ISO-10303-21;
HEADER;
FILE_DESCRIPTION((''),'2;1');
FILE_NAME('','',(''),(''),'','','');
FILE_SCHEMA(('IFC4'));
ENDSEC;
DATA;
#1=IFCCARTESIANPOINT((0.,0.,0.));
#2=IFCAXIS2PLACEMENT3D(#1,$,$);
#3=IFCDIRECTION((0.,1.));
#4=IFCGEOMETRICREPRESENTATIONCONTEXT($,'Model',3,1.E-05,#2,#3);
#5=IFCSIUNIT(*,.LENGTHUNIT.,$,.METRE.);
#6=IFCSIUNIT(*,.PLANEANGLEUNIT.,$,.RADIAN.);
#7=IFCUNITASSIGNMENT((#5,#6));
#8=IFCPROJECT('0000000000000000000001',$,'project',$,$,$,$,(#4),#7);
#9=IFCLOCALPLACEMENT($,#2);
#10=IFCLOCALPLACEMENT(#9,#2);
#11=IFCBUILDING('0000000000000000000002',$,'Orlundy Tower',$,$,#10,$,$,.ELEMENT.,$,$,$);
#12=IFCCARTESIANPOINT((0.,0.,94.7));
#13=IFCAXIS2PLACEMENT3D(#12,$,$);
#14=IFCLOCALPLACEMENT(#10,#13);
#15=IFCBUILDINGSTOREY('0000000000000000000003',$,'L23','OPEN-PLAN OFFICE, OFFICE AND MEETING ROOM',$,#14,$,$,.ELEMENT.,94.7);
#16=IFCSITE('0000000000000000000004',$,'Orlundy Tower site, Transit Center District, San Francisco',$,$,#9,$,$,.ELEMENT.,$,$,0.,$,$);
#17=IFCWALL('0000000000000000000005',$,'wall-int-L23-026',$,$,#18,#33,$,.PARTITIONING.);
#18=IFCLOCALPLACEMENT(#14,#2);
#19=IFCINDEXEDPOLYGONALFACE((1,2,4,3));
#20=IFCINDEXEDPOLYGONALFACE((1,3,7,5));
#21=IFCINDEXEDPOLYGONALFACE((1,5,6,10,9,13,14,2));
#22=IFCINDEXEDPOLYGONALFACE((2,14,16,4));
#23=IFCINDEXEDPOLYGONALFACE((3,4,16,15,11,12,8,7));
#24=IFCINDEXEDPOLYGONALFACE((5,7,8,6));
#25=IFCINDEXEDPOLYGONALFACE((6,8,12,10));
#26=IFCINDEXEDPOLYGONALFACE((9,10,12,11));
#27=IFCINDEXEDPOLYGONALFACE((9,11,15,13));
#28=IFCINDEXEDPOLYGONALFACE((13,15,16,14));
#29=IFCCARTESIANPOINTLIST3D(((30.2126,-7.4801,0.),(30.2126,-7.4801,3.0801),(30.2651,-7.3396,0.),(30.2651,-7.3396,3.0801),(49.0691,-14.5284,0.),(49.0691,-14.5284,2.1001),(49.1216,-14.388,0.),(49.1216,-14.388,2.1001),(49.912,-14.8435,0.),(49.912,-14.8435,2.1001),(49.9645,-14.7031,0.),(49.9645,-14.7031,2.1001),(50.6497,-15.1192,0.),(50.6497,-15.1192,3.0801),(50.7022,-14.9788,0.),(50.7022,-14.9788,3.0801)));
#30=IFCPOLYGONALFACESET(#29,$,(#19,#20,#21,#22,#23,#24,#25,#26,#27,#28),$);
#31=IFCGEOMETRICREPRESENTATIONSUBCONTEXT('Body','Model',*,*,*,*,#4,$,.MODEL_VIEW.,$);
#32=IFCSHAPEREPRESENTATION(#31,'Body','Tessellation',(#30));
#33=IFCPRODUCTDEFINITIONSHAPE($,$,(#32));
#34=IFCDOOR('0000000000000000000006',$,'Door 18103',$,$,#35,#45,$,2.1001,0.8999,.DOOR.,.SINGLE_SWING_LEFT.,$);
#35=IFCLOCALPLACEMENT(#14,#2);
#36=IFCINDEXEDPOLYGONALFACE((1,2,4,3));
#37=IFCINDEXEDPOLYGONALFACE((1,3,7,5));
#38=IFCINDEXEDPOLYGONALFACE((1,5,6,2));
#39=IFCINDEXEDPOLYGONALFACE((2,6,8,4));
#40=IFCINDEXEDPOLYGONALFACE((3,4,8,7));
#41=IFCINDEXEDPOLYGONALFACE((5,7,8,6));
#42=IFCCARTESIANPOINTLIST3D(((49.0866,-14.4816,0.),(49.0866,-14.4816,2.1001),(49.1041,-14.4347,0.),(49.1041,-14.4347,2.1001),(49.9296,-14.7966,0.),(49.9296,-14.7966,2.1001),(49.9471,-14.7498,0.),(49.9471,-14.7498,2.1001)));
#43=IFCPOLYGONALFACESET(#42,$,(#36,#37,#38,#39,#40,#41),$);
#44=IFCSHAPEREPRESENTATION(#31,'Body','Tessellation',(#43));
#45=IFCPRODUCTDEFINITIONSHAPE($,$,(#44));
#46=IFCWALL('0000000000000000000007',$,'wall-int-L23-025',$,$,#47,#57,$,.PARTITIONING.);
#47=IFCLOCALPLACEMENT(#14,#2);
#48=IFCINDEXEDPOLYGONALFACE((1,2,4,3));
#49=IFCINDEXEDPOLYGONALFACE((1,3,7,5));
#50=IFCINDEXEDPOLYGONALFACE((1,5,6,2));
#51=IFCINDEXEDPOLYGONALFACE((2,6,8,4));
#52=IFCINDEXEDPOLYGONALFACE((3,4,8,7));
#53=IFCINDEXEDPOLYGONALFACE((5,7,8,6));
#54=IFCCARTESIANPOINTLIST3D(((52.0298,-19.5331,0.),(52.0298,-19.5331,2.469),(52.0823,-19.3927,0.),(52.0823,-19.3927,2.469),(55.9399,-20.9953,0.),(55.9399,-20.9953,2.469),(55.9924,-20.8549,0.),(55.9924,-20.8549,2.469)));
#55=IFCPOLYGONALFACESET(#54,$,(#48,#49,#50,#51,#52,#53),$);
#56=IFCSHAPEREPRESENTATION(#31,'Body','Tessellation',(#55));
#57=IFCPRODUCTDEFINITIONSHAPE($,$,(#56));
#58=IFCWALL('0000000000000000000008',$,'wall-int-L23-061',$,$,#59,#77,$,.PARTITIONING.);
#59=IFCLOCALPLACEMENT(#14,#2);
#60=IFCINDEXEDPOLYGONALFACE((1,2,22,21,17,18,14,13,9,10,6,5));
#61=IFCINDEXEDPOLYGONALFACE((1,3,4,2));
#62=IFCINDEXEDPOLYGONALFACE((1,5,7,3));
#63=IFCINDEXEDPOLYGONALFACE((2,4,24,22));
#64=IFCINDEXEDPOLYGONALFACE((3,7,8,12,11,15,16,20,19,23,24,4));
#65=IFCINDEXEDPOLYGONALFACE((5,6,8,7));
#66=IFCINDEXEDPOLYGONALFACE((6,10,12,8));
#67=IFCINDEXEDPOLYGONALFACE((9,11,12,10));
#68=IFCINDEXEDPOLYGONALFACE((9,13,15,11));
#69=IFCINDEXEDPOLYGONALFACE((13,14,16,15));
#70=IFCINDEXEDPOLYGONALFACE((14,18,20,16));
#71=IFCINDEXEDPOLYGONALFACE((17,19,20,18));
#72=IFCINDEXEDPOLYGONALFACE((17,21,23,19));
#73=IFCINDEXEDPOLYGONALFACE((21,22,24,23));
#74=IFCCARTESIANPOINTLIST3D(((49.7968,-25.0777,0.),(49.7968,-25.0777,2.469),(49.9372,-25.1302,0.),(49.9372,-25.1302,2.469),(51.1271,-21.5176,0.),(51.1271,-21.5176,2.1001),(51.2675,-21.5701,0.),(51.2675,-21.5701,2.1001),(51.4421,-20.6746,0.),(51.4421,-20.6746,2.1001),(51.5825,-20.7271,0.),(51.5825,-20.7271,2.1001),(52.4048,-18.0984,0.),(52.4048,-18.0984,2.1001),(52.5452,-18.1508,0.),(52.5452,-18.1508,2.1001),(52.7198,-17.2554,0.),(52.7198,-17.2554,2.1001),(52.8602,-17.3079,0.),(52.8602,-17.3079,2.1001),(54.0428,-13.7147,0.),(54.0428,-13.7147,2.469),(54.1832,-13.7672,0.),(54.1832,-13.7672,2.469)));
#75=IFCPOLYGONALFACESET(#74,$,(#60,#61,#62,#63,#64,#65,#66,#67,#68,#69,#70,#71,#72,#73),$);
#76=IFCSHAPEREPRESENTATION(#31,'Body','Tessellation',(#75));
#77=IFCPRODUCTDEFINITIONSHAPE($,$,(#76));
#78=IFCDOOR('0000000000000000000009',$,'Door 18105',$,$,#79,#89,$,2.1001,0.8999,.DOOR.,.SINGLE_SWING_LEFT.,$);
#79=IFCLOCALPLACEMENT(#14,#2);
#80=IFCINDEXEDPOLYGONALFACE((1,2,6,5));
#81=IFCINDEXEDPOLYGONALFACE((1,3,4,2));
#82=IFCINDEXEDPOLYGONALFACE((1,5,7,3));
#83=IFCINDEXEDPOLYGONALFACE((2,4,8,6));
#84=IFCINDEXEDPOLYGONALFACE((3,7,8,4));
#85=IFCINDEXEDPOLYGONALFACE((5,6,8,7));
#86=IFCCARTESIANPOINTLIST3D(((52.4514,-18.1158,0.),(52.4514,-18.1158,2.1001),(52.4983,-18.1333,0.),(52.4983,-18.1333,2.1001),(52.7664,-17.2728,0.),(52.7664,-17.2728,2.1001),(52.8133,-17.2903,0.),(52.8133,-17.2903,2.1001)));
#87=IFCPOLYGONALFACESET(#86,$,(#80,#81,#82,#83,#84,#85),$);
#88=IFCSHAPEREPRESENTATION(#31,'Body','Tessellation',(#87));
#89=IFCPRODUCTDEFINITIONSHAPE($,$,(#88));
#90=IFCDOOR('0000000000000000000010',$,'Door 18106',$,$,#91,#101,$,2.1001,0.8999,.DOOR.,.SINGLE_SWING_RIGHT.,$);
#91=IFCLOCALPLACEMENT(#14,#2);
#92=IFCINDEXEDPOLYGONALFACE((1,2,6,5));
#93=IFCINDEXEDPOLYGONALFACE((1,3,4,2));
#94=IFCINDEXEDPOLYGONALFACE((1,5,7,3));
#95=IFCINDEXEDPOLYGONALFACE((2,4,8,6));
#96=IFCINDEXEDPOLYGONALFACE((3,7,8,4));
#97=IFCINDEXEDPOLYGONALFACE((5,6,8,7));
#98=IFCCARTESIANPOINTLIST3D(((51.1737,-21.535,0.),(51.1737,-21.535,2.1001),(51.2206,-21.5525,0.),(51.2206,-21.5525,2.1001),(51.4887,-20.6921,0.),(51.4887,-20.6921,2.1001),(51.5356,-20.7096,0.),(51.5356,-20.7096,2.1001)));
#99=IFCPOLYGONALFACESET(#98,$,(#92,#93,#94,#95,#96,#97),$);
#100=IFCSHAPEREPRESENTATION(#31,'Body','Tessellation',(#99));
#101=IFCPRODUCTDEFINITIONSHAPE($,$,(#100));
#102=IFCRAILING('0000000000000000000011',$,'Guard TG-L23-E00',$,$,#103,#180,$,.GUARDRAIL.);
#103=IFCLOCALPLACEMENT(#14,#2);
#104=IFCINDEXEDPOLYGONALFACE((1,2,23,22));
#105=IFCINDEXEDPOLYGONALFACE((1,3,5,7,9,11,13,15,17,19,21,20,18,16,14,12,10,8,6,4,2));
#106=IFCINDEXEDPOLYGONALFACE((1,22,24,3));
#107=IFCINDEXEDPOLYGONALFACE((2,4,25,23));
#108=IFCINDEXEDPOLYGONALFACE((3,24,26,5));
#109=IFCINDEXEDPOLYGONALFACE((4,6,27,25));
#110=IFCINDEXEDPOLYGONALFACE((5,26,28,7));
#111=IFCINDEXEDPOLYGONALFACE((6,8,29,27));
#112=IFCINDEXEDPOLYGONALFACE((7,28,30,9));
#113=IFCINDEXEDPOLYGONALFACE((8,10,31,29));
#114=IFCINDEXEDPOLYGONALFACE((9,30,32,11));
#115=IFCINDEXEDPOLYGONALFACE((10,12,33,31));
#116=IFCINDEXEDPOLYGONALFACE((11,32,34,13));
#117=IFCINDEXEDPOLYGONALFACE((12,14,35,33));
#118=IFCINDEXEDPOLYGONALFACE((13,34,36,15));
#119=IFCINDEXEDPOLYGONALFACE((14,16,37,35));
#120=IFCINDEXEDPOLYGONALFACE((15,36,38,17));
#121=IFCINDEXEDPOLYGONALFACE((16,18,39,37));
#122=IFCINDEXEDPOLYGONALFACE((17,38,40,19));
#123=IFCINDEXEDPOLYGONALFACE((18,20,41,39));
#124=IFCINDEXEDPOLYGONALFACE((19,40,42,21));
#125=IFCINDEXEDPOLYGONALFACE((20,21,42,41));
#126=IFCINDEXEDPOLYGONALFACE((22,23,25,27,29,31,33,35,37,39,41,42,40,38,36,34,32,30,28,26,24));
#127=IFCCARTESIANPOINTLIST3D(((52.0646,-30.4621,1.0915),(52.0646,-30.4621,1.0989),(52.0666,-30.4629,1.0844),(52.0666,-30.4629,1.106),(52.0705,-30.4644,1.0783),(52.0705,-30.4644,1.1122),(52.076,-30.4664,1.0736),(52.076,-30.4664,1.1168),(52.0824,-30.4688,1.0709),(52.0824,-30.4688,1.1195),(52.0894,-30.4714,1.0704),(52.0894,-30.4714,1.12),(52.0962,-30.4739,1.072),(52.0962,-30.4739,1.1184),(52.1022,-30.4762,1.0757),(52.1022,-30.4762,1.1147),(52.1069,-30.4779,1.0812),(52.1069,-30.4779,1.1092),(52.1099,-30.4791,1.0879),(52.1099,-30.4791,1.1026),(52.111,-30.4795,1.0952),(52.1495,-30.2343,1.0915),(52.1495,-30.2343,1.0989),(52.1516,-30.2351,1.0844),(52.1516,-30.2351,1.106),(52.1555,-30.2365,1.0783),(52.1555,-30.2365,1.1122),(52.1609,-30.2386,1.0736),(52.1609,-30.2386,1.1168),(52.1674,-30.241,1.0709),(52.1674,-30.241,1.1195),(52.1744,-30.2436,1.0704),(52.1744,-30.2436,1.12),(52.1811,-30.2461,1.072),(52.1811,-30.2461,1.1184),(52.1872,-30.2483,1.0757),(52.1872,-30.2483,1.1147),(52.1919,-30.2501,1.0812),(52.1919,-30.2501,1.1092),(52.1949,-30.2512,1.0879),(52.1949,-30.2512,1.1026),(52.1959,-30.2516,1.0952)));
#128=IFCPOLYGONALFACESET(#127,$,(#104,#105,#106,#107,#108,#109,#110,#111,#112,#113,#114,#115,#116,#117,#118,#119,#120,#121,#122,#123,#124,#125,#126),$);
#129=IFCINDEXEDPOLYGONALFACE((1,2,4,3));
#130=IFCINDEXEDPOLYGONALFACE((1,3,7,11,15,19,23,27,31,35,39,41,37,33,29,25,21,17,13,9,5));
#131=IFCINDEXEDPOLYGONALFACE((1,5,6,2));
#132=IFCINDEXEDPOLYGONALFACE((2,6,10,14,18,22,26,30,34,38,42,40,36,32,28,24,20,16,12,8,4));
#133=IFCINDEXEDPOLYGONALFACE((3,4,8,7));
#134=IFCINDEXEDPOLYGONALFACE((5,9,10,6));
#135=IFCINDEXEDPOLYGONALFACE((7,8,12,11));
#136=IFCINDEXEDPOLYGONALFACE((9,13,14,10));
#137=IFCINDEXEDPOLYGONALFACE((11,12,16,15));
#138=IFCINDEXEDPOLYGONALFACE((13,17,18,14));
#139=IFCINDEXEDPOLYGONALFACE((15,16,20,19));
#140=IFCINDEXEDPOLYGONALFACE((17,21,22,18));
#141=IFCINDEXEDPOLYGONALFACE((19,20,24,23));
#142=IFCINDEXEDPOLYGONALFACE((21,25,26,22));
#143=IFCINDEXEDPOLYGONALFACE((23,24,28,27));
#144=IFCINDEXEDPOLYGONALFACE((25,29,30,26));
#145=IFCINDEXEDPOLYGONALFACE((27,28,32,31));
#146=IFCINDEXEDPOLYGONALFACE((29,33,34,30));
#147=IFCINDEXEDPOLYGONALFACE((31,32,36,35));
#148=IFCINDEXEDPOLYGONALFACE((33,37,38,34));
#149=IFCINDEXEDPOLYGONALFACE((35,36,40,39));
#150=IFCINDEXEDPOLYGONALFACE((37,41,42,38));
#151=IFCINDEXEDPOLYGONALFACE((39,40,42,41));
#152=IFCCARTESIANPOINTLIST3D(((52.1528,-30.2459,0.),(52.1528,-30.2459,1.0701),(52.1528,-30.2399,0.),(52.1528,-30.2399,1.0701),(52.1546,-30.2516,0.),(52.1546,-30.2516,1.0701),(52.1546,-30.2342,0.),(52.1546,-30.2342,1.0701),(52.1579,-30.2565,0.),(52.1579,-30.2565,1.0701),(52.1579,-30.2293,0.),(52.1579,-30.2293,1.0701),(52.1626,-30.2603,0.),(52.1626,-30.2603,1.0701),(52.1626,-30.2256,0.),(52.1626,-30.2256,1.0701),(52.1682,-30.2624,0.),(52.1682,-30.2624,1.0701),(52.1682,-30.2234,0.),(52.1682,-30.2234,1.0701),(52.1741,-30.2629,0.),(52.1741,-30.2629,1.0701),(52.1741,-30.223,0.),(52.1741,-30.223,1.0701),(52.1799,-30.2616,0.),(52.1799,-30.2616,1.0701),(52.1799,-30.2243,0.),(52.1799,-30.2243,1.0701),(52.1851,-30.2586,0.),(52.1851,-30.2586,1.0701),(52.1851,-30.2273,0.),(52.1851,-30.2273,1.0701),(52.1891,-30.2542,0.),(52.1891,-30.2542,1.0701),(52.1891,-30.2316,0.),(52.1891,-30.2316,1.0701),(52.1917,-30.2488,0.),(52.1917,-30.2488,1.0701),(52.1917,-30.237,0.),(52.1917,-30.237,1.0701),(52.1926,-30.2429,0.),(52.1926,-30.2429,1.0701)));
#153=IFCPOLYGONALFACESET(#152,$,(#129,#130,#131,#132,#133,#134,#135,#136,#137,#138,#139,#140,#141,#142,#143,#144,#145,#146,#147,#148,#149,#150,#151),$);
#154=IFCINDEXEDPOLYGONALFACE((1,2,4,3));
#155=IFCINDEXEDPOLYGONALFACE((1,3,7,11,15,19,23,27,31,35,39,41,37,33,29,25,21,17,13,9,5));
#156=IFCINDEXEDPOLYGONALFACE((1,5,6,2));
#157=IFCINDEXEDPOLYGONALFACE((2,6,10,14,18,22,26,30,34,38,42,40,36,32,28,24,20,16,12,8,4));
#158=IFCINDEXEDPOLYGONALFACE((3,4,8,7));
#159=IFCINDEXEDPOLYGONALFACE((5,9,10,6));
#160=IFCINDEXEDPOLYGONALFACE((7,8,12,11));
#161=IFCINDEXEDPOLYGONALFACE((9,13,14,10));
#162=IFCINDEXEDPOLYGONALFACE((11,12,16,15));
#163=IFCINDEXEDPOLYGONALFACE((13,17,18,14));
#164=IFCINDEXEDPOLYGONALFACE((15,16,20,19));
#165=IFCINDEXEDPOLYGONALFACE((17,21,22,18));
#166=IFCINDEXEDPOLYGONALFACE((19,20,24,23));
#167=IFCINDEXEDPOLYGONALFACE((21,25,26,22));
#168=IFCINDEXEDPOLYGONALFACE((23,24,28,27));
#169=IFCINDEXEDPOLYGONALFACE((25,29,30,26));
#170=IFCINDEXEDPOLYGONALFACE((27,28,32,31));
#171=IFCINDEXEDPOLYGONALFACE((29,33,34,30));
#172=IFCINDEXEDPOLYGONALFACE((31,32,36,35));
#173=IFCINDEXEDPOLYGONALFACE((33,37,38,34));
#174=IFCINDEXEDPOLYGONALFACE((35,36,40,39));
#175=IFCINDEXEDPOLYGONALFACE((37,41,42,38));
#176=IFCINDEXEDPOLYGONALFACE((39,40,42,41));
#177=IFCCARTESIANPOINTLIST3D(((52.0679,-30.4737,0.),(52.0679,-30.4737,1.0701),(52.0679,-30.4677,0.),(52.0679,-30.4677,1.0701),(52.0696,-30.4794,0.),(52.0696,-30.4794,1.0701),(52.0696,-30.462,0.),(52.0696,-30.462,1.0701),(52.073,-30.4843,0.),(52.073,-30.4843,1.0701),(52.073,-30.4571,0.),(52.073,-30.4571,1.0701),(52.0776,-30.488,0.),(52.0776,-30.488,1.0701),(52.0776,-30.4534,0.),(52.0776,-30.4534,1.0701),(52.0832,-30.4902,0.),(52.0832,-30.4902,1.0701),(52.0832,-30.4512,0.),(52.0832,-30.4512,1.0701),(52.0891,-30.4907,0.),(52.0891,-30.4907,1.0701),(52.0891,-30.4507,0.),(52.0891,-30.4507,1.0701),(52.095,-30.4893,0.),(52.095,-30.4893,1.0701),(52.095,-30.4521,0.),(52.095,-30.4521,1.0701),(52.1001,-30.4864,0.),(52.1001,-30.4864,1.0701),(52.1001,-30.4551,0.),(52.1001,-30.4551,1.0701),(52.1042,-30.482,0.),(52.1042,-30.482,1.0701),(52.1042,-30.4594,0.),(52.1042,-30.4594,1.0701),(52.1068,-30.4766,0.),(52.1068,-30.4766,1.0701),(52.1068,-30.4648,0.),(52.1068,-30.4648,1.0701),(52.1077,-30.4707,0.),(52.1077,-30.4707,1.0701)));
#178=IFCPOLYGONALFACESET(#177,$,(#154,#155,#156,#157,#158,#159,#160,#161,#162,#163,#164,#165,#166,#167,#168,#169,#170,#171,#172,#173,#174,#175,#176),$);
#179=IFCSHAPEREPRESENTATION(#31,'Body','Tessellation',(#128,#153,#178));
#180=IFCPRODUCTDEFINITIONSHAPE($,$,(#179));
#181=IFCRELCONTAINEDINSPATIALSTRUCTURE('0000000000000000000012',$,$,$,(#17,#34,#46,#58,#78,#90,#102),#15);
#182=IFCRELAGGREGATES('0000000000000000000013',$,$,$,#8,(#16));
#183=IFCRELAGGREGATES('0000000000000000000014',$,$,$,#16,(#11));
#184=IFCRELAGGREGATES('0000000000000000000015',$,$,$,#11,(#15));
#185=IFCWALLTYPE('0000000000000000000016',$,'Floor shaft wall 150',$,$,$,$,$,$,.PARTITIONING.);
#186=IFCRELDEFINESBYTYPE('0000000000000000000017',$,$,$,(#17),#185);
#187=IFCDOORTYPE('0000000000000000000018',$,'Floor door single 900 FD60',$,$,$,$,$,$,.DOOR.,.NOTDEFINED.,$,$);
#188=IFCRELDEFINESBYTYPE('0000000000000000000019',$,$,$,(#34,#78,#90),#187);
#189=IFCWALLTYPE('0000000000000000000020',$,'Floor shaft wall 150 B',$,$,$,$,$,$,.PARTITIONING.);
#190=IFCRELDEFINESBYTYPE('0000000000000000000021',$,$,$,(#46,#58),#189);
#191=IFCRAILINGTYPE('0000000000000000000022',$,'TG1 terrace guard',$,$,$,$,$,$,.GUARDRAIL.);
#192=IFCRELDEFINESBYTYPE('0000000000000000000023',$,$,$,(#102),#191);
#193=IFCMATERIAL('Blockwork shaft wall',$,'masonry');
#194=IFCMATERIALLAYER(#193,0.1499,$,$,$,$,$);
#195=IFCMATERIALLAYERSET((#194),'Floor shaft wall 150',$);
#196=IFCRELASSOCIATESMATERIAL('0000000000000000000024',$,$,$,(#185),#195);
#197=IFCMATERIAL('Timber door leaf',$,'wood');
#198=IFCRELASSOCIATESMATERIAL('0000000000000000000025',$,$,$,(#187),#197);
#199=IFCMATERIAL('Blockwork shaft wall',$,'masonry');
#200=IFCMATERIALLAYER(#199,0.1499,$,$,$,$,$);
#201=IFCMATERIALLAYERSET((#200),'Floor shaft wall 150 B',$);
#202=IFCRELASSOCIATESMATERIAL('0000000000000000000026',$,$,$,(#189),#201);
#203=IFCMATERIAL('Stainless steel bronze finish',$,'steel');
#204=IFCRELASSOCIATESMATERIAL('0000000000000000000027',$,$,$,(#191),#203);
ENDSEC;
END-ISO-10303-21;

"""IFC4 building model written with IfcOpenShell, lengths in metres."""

from ifc_helpers import new_model, si_unit, direction, frame, frame_2d, origin, origin_2d, place, context, subcontext, project, spatial, rectangle, circle, extrude, material, layer, layer_set, type_object, element, fill, save


model = new_model("IFC4")

# Units and contexts
model_context = context("Model", 3, precision=1e-05, world=origin(), true_north=direction((0.0, 1.0)))
body_context = subcontext(model_context, "Body", "Model", "MODEL_VIEW")
ifc_project = project(units=[si_unit("LENGTHUNIT", "METRE"), si_unit("PLANEANGLEUNIT", "RADIAN")], contexts=[model_context])

# Site, building, storey
site_placement = place(None, origin())
site = spatial("IfcSite", under=ifc_project, at=site_placement, Name="Orlundy Tower site, Transit Center District, San Francisco", CompositionType="ELEMENT", RefElevation=0.0)
building_placement = place(site_placement, origin())
building = spatial("IfcBuilding", under=site, at=building_placement, Name="Orlundy Tower", CompositionType="ELEMENT")
storey_placement = place(building_placement, frame((0.0, 0.0, 94.7)))
storey = spatial("IfcBuildingStorey", under=building, at=storey_placement, Name="L23", Description="OPEN-PLAN OFFICE, OFFICE AND MEETING ROOM", CompositionType="ELEMENT", Elevation=94.7)

# Shared definitions
ifc_material_1 = material(Name="Blockwork shaft wall", Category="masonry")
ifc_layer_1 = layer(ifc_material_1, 0.1499)
ifc_layer_set_1 = layer_set([ifc_layer_1], Name="Floor shaft wall 150")
wall_type_1 = type_object("IfcWallType", Name="Floor shaft wall 150", PredefinedType="PARTITIONING", material=ifc_layer_set_1)

# Shared definitions
ifc_material_2 = material(Name="Timber door leaf", Category="wood")
door_type = type_object("IfcDoorType", Name="Floor door single 900 FD60", OperationType="NOTDEFINED", PredefinedType="DOOR", material=ifc_material_2)

# Wall, opening, door
wall_1_placement = place(storey_placement, frame((50.676, -15.0491, 0.0), z_axis=(0.0, 0.0, 1.0), x_axis=(-0.936701, 0.35013, 0.0)))
wall_1 = element("IfcWall", 1, at=wall_1_placement, inside=storey, type_object=wall_type_1, Name="wall-int-L23-026", PredefinedType="PARTITIONING", context=body_context, shape_type="SweptSolid", body=[
    extrude(rectangle(XDim=21.8181, YDim=0.1499, at=frame_2d((10.9092, 0.0))), origin(), (0.0, 0.0, 1.0), 3.0801),
])
opening_1_placement = place(wall_1_placement, frame((0.7876, 0.0, 0.0)))
opening_1 = element("IfcOpeningElement", 2, at=opening_1_placement, cuts=wall_1, PredefinedType="OPENING", context=body_context, shape_type="SweptSolid", body=[
    extrude(rectangle(XDim=0.8999, YDim=2.1001, at=frame_2d((0.45, 1.05))), frame((0.0, 0.085, 0.0), z_axis=(0.0, -1.0, 0.0), x_axis=(1.0, 0.0, 0.0)), (0.0, 0.0, 1.0), 0.1699),
])
door_1_placement = place(opening_1_placement, origin())
door_1 = element("IfcDoor", 3, at=door_1_placement, inside=storey, type_object=door_type, Name="Door 18103", OperationType="SINGLE_SWING_LEFT", OverallHeight=2.1001, OverallWidth=0.8999, PredefinedType="DOOR", context=body_context, shape_type="SweptSolid", body=[
    extrude(rectangle(XDim=0.8999, YDim=2.1001, at=frame_2d((0.45, 1.05))), frame((0.0, 0.0249, 0.0), z_axis=(0.0, -1.0, 0.0), x_axis=(1.0, 0.0, 0.0)), (0.0, 0.0, 1.0), 0.05),
])
fill(opening_1, door_1)

# Wall
ifc_material_3 = material(Name="Blockwork shaft wall", Category="masonry")
ifc_layer_2 = layer(ifc_material_3, 0.1499)
ifc_layer_set_2 = layer_set([ifc_layer_2], Name="Floor shaft wall 150 B")
wall_type_2 = type_object("IfcWallType", Name="Floor shaft wall 150 B", PredefinedType="PARTITIONING", material=ifc_layer_set_2)
wall_2_placement = place(storey_placement, frame((52.0559, -19.4629, 0.0), z_axis=(0.0, 0.0, 1.0), x_axis=(0.936656, -0.350252, 0.0)))
element("IfcWall", 4, at=wall_2_placement, inside=storey, type_object=wall_type_2, Name="wall-int-L23-025", PredefinedType="PARTITIONING", context=body_context, shape_type="SweptSolid", body=[
    extrude(rectangle(XDim=4.1746, YDim=0.1499, at=frame_2d((2.0874, 0.0))), origin(), (0.0, 0.0, 1.0), 2.469),
])

# Wall, openings, doors
wall_3_placement = place(storey_placement, frame((54.113, -13.741, 0.0), z_axis=(0.0, 0.0, 1.0), x_axis=(-0.350036, -0.936736, 0.0)))
wall_3 = element("IfcWall", 5, at=wall_3_placement, inside=storey, type_object=wall_type_2, Name="wall-int-L23-061", PredefinedType="PARTITIONING", context=body_context, shape_type="SweptSolid", body=[
    extrude(rectangle(XDim=12.1304, YDim=0.1499, at=frame_2d((6.0652, 0.0))), origin(), (0.0, 0.0, 1.0), 2.469),
])
opening_2_placement = place(wall_3_placement, frame((3.7798, 0.0, 0.0)))
opening_2 = element("IfcOpeningElement", 6, at=opening_2_placement, cuts=wall_3, PredefinedType="OPENING", context=body_context, shape_type="SweptSolid", body=[
    extrude(rectangle(XDim=0.8999, YDim=2.1001, at=frame_2d((0.45, 1.05))), frame((0.0, 0.085, 0.0), z_axis=(0.0, -1.0, 0.0), x_axis=(1.0, 0.0, 0.0)), (0.0, 0.0, 1.0), 0.1699),
])
opening_3_placement = place(wall_3_placement, frame((7.4299, 0.0, 0.0)))
opening_3 = element("IfcOpeningElement", 7, at=opening_3_placement, cuts=wall_3, PredefinedType="OPENING", context=body_context, shape_type="SweptSolid", body=[
    extrude(rectangle(XDim=0.8999, YDim=2.1001, at=frame_2d((0.45, 1.05))), frame((0.0, 0.085, 0.0), z_axis=(0.0, -1.0, 0.0), x_axis=(1.0, 0.0, 0.0)), (0.0, 0.0, 1.0), 0.1699),
])
door_2_placement = place(opening_2_placement, origin())
door_2 = element("IfcDoor", 8, at=door_2_placement, inside=storey, type_object=door_type, Name="Door 18105", OperationType="SINGLE_SWING_LEFT", OverallHeight=2.1001, OverallWidth=0.8999, PredefinedType="DOOR", context=body_context, shape_type="SweptSolid", body=[
    extrude(rectangle(XDim=0.8999, YDim=2.1001, at=frame_2d((0.45, 1.05))), frame((0.0, 0.0249, 0.0), z_axis=(0.0, -1.0, 0.0), x_axis=(1.0, 0.0, 0.0)), (0.0, 0.0, 1.0), 0.05),
])
fill(opening_2, door_2)
door_3_placement = place(opening_3_placement, origin())
door_3 = element("IfcDoor", 9, at=door_3_placement, inside=storey, type_object=door_type, Name="Door 18106", OperationType="SINGLE_SWING_RIGHT", OverallHeight=2.1001, OverallWidth=0.8999, PredefinedType="DOOR", context=body_context, shape_type="SweptSolid", body=[
    extrude(rectangle(XDim=0.8999, YDim=2.1001, at=frame_2d((0.45, 1.05))), frame((0.0, 0.0249, 0.0), z_axis=(0.0, -1.0, 0.0), x_axis=(1.0, 0.0, 0.0)), (0.0, 0.0, 1.0), 0.05),
])
fill(opening_3, door_3)

# Railing
ifc_material_4 = material(Name="Stainless steel bronze finish", Category="steel")
railing_type = type_object("IfcRailingType", Name="TG1 terrace guard", PredefinedType="GUARDRAIL", material=ifc_material_4)
railing_placement = place(storey_placement, frame((52.1726, -30.2429, 0.0)))
element("IfcRailing", 10, at=railing_placement, inside=storey, type_object=railing_type, Name="Guard TG-L23-E00", PredefinedType="GUARDRAIL", context=body_context, shape_type="SweptSolid", body=[
    extrude(circle(Radius=0.0249, at=origin_2d()), frame((0.0, 0.0, 1.0952), z_axis=(-0.349472, -0.936947, 0.0), x_axis=(0.936947, -0.349472, 0.0)), (0.0, 0.0, 1.0), 0.2432),
    extrude(circle(Radius=0.02, at=origin_2d()), origin(), (0.0, 0.0, 1.0), 1.0701),
    extrude(circle(Radius=0.02, at=origin_2d()), frame((-0.085, -0.2278, 0.0)), (0.0, 0.0, 1.0), 1.0701),
])

save(model, "model.ifc")
